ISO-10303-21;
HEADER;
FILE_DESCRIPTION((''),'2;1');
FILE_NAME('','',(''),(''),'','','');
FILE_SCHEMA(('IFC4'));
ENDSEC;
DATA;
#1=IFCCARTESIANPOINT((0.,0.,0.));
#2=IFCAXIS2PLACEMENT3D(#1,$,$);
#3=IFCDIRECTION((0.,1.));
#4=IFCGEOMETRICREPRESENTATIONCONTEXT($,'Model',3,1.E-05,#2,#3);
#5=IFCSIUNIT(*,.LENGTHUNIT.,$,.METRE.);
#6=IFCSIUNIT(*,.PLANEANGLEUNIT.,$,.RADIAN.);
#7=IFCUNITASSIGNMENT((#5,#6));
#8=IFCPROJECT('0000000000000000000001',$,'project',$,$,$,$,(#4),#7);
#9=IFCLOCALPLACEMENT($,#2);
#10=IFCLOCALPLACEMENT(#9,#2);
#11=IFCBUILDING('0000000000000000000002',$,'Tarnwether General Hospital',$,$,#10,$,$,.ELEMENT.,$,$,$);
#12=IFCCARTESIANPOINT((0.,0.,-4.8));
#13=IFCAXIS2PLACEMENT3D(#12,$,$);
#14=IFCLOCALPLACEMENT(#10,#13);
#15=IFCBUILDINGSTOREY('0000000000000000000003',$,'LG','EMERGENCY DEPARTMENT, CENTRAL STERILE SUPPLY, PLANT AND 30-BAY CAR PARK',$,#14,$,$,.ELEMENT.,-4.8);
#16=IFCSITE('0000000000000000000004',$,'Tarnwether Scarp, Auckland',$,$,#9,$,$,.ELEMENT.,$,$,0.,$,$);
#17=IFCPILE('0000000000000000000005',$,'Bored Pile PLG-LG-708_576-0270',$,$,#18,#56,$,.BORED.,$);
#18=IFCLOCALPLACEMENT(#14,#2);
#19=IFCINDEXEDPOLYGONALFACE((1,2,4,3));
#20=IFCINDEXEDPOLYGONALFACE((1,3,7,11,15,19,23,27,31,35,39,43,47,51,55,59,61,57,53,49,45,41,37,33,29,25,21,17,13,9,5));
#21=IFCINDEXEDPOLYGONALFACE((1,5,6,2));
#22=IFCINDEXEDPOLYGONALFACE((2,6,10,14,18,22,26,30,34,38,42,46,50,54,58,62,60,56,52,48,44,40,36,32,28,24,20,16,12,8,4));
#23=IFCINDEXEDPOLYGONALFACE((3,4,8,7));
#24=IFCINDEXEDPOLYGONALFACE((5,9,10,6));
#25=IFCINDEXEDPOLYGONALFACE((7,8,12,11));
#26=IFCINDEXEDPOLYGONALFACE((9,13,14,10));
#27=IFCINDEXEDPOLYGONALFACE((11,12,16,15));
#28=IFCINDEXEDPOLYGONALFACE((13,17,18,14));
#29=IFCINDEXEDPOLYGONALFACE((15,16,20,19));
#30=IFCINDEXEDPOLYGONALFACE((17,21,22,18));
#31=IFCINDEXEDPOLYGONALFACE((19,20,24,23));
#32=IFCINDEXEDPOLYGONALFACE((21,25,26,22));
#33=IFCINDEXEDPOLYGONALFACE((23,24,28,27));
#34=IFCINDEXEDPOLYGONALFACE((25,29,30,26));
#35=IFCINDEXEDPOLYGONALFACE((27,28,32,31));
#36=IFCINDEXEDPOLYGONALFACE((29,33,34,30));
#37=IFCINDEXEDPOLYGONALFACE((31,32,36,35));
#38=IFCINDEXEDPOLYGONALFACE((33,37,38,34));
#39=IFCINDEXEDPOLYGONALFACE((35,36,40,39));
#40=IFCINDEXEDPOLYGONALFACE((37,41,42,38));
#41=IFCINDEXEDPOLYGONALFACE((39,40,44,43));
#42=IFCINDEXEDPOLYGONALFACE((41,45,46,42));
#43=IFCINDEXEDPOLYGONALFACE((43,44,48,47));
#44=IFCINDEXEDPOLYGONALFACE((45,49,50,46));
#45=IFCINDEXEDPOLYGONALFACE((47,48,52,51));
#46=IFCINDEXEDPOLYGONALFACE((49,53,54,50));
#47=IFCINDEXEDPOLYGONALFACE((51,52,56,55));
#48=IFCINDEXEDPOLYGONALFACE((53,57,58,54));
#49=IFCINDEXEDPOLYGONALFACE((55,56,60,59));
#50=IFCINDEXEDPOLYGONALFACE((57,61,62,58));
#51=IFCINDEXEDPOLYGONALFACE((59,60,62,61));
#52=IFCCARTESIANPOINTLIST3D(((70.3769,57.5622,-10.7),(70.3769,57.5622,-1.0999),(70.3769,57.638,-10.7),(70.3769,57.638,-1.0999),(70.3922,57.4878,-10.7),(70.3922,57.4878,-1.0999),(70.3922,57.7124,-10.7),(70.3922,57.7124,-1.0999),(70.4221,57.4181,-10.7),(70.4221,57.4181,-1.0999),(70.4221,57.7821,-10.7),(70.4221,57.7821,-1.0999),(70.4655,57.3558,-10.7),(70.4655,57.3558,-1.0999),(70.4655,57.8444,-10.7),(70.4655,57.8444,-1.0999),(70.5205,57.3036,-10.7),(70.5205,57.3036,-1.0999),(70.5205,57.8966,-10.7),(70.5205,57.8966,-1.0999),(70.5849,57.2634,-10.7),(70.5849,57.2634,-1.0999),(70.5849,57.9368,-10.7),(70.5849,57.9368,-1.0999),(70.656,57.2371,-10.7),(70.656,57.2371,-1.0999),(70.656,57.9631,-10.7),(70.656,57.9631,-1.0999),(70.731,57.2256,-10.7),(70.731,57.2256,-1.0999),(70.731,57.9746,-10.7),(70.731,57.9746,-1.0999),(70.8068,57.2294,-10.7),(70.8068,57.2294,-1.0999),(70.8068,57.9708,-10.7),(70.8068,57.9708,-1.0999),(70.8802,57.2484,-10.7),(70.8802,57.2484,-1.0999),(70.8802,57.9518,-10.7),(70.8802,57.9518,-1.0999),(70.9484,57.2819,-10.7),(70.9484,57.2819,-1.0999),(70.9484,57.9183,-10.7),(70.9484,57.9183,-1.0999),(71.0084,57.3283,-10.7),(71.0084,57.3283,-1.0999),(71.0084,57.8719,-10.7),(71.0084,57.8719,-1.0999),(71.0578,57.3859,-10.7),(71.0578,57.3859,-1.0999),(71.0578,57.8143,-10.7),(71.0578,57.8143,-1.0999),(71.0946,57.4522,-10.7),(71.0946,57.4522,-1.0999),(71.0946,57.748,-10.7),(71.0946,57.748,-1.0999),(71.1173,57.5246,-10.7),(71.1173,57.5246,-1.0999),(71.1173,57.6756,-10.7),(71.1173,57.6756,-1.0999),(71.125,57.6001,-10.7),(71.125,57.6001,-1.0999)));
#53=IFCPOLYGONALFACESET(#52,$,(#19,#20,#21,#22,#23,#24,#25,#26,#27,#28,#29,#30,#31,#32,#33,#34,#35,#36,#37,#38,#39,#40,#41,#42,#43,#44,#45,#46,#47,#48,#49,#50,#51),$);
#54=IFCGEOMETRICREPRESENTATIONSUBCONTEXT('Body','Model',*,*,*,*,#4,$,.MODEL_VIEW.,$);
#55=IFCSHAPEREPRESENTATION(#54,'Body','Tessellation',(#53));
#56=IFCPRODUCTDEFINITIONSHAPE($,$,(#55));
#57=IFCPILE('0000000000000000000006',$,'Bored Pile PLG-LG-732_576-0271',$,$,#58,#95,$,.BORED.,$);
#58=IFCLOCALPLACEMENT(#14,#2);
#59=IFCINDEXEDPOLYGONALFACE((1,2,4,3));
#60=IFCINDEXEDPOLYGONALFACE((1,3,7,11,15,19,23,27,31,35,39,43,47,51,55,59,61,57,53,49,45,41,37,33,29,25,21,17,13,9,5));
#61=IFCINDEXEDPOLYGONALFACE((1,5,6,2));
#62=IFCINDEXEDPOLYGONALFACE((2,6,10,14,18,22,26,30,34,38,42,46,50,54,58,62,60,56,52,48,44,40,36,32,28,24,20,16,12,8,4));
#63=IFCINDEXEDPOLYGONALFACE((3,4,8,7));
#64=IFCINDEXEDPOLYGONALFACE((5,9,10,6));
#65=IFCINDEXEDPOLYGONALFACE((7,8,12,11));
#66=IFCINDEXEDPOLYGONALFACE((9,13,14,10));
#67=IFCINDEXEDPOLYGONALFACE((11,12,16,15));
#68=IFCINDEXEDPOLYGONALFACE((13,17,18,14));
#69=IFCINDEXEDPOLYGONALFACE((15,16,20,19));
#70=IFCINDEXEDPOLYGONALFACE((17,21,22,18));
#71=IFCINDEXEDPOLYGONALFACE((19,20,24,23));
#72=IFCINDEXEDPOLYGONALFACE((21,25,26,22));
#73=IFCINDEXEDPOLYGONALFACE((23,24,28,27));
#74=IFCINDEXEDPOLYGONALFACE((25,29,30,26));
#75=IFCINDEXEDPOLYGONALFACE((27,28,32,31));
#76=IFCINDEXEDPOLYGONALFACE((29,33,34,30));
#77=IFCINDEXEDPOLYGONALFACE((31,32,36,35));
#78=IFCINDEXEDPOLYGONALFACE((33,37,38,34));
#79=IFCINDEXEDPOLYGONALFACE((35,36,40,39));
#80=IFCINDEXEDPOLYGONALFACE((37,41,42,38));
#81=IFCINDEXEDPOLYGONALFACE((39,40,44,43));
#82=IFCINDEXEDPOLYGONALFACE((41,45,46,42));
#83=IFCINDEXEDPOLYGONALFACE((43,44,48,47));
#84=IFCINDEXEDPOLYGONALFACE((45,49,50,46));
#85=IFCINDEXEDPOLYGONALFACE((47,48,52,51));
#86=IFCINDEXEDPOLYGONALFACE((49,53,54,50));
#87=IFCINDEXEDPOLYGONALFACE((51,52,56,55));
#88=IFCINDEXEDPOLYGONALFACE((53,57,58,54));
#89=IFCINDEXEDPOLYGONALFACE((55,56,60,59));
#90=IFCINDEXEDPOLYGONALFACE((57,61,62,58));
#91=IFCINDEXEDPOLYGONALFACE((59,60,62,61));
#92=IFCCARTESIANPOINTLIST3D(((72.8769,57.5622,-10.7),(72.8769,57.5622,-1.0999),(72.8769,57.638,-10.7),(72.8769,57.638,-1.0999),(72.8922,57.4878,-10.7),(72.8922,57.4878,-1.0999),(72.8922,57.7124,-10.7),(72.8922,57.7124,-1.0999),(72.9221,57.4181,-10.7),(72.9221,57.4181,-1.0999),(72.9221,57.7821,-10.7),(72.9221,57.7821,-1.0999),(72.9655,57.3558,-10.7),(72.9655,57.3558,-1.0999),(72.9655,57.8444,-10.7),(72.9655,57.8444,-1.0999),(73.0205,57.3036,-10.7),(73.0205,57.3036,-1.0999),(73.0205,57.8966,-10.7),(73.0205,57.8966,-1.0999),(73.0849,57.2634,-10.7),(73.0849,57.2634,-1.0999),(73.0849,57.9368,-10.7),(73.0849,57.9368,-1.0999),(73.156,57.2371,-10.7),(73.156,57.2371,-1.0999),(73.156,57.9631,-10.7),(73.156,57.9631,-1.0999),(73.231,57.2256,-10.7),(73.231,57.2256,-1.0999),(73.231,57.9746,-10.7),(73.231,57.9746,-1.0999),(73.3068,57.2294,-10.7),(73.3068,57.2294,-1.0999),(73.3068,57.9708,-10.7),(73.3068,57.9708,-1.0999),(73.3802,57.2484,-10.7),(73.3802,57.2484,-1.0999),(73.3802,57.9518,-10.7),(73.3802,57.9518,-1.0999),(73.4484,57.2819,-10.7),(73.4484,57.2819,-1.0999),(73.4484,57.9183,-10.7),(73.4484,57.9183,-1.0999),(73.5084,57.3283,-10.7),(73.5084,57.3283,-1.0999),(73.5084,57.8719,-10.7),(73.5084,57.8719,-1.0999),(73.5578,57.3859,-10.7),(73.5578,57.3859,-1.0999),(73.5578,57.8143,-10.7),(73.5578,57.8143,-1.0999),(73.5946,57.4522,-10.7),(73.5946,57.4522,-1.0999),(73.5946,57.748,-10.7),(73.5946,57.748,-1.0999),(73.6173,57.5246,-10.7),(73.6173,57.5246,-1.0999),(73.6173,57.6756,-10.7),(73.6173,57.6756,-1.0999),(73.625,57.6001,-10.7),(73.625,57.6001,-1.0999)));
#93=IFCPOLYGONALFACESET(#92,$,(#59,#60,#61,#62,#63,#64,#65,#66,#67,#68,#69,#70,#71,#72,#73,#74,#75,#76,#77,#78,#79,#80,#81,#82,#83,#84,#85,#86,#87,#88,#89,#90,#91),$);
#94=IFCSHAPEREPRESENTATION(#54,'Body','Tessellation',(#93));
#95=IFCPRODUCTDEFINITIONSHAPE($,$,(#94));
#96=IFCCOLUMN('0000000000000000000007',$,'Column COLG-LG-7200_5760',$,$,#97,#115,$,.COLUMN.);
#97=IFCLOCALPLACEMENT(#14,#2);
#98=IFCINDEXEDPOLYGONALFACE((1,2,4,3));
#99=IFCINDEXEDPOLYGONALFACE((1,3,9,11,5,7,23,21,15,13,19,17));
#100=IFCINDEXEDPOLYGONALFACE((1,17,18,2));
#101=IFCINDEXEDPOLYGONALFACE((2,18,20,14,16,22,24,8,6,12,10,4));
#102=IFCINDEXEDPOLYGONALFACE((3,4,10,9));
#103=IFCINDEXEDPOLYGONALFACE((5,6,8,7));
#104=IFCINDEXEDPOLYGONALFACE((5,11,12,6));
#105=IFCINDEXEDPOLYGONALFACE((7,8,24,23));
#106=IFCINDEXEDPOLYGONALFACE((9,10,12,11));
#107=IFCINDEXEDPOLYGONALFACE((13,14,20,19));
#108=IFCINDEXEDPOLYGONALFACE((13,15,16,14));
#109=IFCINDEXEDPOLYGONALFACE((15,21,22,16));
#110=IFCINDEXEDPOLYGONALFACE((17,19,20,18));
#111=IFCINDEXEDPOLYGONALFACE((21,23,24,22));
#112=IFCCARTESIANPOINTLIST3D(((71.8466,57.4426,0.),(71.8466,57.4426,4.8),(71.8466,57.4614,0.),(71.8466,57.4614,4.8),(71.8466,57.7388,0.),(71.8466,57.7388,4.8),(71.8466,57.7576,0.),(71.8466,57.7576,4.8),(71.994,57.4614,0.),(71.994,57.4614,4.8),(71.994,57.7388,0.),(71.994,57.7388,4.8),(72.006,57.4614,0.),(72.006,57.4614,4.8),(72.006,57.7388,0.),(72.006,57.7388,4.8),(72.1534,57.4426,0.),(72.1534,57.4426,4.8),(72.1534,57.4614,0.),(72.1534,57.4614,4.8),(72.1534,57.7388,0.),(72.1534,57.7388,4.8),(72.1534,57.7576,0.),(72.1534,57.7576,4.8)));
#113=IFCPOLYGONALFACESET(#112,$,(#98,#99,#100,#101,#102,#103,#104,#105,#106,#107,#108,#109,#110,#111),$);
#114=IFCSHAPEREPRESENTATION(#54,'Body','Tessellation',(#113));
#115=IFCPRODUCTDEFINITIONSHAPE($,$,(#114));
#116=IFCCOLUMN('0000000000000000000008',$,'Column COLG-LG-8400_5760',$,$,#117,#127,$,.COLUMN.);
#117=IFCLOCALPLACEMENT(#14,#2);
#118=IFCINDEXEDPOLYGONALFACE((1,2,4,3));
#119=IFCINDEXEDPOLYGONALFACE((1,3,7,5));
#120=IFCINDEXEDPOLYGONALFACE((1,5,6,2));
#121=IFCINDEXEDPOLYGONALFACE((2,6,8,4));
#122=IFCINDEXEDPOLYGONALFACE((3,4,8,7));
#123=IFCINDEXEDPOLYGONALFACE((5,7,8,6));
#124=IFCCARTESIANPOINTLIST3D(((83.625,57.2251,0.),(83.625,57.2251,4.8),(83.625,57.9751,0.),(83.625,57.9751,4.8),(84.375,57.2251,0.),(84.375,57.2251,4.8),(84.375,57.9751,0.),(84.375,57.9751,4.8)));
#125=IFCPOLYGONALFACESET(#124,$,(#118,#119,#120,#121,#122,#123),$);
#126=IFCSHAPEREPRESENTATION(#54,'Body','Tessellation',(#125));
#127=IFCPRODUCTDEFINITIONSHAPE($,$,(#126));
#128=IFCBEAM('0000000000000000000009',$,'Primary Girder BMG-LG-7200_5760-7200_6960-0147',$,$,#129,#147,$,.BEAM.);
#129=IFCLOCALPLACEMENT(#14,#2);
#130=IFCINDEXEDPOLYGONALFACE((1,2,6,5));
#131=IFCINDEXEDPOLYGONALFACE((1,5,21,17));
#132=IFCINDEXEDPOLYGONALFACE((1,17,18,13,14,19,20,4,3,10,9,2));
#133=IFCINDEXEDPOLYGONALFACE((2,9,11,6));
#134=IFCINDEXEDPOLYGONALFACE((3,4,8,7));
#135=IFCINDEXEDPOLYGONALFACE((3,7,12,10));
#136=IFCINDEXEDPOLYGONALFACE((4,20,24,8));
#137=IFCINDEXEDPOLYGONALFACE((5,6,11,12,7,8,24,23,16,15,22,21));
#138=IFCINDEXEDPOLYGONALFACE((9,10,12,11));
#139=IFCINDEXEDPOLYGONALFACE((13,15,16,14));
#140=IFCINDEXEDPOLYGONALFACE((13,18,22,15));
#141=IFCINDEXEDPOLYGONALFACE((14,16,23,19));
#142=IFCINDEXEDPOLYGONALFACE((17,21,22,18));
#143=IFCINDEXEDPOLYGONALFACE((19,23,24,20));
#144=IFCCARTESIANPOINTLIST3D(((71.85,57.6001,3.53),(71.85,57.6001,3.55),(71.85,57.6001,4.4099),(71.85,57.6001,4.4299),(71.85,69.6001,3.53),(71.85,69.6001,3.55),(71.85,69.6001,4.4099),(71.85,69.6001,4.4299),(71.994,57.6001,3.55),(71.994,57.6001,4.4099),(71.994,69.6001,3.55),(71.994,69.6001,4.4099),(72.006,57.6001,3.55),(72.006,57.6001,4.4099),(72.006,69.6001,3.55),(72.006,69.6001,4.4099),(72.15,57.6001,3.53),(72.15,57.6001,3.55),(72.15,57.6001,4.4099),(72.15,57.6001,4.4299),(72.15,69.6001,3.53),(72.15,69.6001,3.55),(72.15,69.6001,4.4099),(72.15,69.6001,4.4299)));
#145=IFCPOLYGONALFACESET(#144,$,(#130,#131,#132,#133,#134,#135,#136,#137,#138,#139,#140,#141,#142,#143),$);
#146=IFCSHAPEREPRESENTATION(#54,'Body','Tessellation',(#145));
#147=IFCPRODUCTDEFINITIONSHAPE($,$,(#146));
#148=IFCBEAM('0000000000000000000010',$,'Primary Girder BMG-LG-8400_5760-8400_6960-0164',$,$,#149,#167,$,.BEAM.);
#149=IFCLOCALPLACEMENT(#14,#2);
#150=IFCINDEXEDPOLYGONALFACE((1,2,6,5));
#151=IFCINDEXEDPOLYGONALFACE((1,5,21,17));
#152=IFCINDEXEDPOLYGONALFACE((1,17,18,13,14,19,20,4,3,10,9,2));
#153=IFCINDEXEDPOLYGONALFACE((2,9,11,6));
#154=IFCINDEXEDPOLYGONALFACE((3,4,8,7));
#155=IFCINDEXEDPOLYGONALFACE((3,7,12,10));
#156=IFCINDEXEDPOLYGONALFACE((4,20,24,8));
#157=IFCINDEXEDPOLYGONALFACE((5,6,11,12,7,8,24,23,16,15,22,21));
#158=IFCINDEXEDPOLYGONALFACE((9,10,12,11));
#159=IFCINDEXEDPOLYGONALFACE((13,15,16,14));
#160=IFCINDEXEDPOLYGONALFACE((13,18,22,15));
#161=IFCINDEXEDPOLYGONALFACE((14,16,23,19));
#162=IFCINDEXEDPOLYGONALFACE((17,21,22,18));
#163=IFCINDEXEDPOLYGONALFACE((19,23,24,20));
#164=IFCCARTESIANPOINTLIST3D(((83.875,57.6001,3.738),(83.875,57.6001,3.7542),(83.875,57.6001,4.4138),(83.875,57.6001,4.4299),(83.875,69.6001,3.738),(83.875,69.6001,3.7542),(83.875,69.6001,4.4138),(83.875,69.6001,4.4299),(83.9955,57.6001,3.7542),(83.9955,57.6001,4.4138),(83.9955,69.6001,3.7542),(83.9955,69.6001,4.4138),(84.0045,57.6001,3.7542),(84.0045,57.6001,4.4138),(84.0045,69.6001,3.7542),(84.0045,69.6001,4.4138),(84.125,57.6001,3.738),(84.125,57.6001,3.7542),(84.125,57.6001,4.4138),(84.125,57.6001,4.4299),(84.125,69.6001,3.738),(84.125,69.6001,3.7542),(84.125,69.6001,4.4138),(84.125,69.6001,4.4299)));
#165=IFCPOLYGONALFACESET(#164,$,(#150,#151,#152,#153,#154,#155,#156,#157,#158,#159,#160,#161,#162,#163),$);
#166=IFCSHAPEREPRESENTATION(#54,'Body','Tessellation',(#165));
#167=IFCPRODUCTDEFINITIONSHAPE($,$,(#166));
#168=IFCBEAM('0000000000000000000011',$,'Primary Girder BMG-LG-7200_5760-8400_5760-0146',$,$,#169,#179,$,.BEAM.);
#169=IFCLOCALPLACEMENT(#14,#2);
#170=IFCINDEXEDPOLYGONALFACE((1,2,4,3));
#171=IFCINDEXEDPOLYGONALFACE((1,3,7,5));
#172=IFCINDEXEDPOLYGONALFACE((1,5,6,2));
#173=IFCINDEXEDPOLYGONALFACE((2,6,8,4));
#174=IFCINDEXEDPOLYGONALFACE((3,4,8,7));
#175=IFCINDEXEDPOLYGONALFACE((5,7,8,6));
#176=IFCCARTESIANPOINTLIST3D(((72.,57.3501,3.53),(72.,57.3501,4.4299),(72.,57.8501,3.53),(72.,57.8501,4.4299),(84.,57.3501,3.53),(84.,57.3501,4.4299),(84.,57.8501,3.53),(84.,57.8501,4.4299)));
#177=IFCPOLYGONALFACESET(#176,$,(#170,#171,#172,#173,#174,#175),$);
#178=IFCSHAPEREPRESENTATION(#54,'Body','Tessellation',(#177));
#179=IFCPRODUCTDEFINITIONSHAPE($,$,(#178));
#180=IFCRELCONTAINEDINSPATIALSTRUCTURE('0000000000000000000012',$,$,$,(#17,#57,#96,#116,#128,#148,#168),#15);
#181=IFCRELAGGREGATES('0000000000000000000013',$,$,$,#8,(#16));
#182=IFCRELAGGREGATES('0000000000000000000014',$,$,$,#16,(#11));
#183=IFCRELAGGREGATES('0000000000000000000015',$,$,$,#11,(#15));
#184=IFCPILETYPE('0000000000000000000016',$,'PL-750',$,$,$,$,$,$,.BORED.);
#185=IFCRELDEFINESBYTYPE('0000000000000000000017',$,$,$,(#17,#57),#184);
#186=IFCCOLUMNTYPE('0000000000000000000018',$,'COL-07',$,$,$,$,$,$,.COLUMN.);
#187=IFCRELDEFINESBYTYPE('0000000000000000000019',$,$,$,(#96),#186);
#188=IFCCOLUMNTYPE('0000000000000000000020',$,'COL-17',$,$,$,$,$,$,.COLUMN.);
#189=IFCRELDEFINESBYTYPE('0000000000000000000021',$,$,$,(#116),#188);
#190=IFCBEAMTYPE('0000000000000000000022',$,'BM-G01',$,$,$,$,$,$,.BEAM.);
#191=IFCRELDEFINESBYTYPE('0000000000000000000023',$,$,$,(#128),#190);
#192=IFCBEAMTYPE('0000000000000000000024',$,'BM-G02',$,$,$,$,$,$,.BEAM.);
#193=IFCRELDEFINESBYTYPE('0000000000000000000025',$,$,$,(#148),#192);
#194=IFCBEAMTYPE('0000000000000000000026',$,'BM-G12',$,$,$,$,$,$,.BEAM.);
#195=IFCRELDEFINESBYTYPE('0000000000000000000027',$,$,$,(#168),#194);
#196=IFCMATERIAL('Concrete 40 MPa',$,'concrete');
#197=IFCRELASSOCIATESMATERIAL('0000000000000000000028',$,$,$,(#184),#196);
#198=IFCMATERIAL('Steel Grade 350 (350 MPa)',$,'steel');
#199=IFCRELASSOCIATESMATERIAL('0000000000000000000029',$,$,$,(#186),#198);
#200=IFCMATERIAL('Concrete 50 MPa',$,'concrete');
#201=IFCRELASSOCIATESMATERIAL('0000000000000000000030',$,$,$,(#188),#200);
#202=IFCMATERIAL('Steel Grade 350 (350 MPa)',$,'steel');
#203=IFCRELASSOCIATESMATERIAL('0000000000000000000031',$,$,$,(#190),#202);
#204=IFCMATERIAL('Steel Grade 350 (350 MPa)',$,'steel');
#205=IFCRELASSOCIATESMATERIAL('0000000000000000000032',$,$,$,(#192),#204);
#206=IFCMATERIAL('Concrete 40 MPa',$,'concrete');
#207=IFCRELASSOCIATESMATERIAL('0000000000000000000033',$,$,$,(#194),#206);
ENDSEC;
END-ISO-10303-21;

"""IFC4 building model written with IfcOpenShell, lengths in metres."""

from ifc_helpers import new_model, si_unit, direction, frame, origin, origin_2d, place, context, subcontext, project, spatial, rectangle, circle, i_section, extrude, material, material_profile, profile_set, type_object, element, save


model = new_model("IFC4")

# Units and contexts
model_context = context("Model", 3, precision=1e-05, world=origin(), true_north=direction((0.0, 1.0)))
body_context = subcontext(model_context, "Body", "Model", "MODEL_VIEW")
ifc_project = project(units=[si_unit("LENGTHUNIT", "METRE"), si_unit("PLANEANGLEUNIT", "RADIAN")], contexts=[model_context])

# Site, building, storey
site_placement = place(None, origin())
site = spatial("IfcSite", under=ifc_project, at=site_placement, Name="Tarnwether Scarp, Auckland", CompositionType="ELEMENT", RefElevation=0.0)
building_placement = place(site_placement, origin())
building = spatial("IfcBuilding", under=site, at=building_placement, Name="Tarnwether General Hospital", CompositionType="ELEMENT")
storey_placement = place(building_placement, frame((0.0, 0.0, -4.8)))
storey = spatial("IfcBuildingStorey", under=building, at=storey_placement, Name="LG", Description="EMERGENCY DEPARTMENT, CENTRAL STERILE SUPPLY, PLANT AND 30-BAY CAR PARK", CompositionType="ELEMENT", Elevation=-4.8)

# Piles
ifc_material_1 = material(Name="Concrete 40 MPa", Category="concrete")
ifc_material_profile_1 = material_profile(ifc_material_1, circle(Radius=0.375, at=origin_2d()), Name="PILE-D750")
ifc_profile_set_1 = profile_set([ifc_material_profile_1], Name="Concrete 40 MPa")
pile_type_1 = type_object("IfcPileType", Name="PL-750", PredefinedType="BORED", material=ifc_profile_set_1)
for number, where, z_axis, x_axis, name in (
    (1, (70.75, 57.6001, -1.0999), (0.0, 0.0, -1.0), (1.0, 0.0, 0.0), "Bored Pile PLG-LG-708_576-0270"),
    (2, (73.25, 57.6001, -1.0999), (0.0, 0.0, -1.0), (1.0, 0.0, 0.0), "Bored Pile PLG-LG-732_576-0271"),
):
    element("IfcPile", number, at=place(storey_placement, frame(where, z_axis=z_axis, x_axis=x_axis)), inside=storey, type_object=pile_type_1, Name=name, PredefinedType="BORED", context=body_context, shape_type="SweptSolid", body=[
        extrude(circle(Radius=0.375, at=origin_2d()), origin(), (0.0, 0.0, 1.0), 9.6001),
    ])

# Columns
ifc_material_2 = material(Name="Steel Grade 350 (350 MPa)", Category="steel")
ifc_material_profile_2 = material_profile(ifc_material_2, i_section(OverallWidth=0.3069, OverallDepth=0.3149, WebThickness=0.012, FlangeThickness=0.0188, at=origin_2d()), Name="310UC118")
ifc_profile_set_2 = profile_set([ifc_material_profile_2], Name="Steel Grade 350 (350 MPa)")
column_type_1 = type_object("IfcColumnType", Name="COL-07", PredefinedType="COLUMN", material=ifc_profile_set_2)
column_1_placement = place(storey_placement, frame((72.0, 57.6001, 0.0), z_axis=(0.0, 0.0, 1.0), x_axis=(1.0, 0.0, 0.0)))
element("IfcColumn", 3, at=column_1_placement, inside=storey, type_object=column_type_1, Name="Column COLG-LG-7200_5760", PredefinedType="COLUMN", context=body_context, shape_type="SweptSolid", body=[
    extrude(i_section(OverallWidth=0.3069, OverallDepth=0.3149, WebThickness=0.012, FlangeThickness=0.0188, at=origin_2d()), origin(), (0.0, 0.0, 1.0), 4.8),
])
ifc_material_3 = material(Name="Concrete 50 MPa", Category="concrete")
ifc_material_profile_3 = material_profile(ifc_material_3, rectangle(XDim=0.75, YDim=0.75, at=origin_2d()), Name="RC-COL-750x750")
ifc_profile_set_3 = profile_set([ifc_material_profile_3], Name="Concrete 50 MPa")
column_type_2 = type_object("IfcColumnType", Name="COL-17", PredefinedType="COLUMN", material=ifc_profile_set_3)
column_2_placement = place(storey_placement, frame((84.0, 57.6001, 0.0), z_axis=(0.0, 0.0, 1.0), x_axis=(0.0, 1.0, 0.0)))
element("IfcColumn", 4, at=column_2_placement, inside=storey, type_object=column_type_2, Name="Column COLG-LG-8400_5760", PredefinedType="COLUMN", context=body_context, shape_type="SweptSolid", body=[
    extrude(rectangle(XDim=0.75, YDim=0.75, at=origin_2d()), origin(), (0.0, 0.0, 1.0), 4.8),
])

# Beams
ifc_material_4 = material(Name="Steel Grade 350 (350 MPa)", Category="steel")
ifc_material_profile_4 = material_profile(ifc_material_4, i_section(OverallWidth=0.3, OverallDepth=0.8999, WebThickness=0.012, FlangeThickness=0.02, at=origin_2d()), Name="900WB175")
ifc_profile_set_4 = profile_set([ifc_material_profile_4], Name="Steel Grade 350 (350 MPa)")
beam_type_1 = type_object("IfcBeamType", Name="BM-G01", PredefinedType="BEAM", material=ifc_profile_set_4)
beam_1_placement = place(storey_placement, frame((72.0, 57.6001, 3.98), z_axis=(0.0, 1.0, 0.0), x_axis=(-1.0, 0.0, 0.0)))
element("IfcBeam", 5, at=beam_1_placement, inside=storey, type_object=beam_type_1, Name="Primary Girder BMG-LG-7200_5760-7200_6960-0147", PredefinedType="BEAM", context=body_context, shape_type="SweptSolid", body=[
    extrude(i_section(OverallWidth=0.3, OverallDepth=0.8999, WebThickness=0.012, FlangeThickness=0.02, at=origin_2d()), origin(), (0.0, 0.0, 1.0), 12.0),
])
ifc_material_5 = material(Name="Steel Grade 350 (350 MPa)", Category="steel")
ifc_material_profile_5 = material_profile(ifc_material_5, i_section(OverallWidth=0.25, OverallDepth=0.6919, WebThickness=0.009, FlangeThickness=0.0161, at=origin_2d()), Name="700WB115")
ifc_profile_set_5 = profile_set([ifc_material_profile_5], Name="Steel Grade 350 (350 MPa)")
beam_type_2 = type_object("IfcBeamType", Name="BM-G02", PredefinedType="BEAM", material=ifc_profile_set_5)
beam_2_placement = place(storey_placement, frame((84.0, 57.6001, 4.084), z_axis=(0.0, 1.0, 0.0), x_axis=(-1.0, 0.0, 0.0)))
element("IfcBeam", 6, at=beam_2_placement, inside=storey, type_object=beam_type_2, Name="Primary Girder BMG-LG-8400_5760-8400_6960-0164", PredefinedType="BEAM", context=body_context, shape_type="SweptSolid", body=[
    extrude(i_section(OverallWidth=0.25, OverallDepth=0.6919, WebThickness=0.009, FlangeThickness=0.0161, at=origin_2d()), origin(), (0.0, 0.0, 1.0), 12.0),
])
ifc_material_6 = material(Name="Concrete 40 MPa", Category="concrete")
ifc_material_profile_6 = material_profile(ifc_material_6, rectangle(XDim=0.5, YDim=0.8999, at=origin_2d()), Name="RC-BM-500x900")
ifc_profile_set_6 = profile_set([ifc_material_profile_6], Name="Concrete 40 MPa")
beam_type_3 = type_object("IfcBeamType", Name="BM-G12", PredefinedType="BEAM", material=ifc_profile_set_6)
beam_3_placement = place(storey_placement, frame((72.0, 57.6001, 3.98), z_axis=(1.0, 0.0, 0.0), x_axis=(0.0, 1.0, 0.0)))
element("IfcBeam", 7, at=beam_3_placement, inside=storey, type_object=beam_type_3, Name="Primary Girder BMG-LG-7200_5760-8400_5760-0146", PredefinedType="BEAM", context=body_context, shape_type="SweptSolid", body=[
    extrude(rectangle(XDim=0.5, YDim=0.8999, at=origin_2d()), origin(), (0.0, 0.0, 1.0), 12.0),
])

save(model, "model.ifc")
